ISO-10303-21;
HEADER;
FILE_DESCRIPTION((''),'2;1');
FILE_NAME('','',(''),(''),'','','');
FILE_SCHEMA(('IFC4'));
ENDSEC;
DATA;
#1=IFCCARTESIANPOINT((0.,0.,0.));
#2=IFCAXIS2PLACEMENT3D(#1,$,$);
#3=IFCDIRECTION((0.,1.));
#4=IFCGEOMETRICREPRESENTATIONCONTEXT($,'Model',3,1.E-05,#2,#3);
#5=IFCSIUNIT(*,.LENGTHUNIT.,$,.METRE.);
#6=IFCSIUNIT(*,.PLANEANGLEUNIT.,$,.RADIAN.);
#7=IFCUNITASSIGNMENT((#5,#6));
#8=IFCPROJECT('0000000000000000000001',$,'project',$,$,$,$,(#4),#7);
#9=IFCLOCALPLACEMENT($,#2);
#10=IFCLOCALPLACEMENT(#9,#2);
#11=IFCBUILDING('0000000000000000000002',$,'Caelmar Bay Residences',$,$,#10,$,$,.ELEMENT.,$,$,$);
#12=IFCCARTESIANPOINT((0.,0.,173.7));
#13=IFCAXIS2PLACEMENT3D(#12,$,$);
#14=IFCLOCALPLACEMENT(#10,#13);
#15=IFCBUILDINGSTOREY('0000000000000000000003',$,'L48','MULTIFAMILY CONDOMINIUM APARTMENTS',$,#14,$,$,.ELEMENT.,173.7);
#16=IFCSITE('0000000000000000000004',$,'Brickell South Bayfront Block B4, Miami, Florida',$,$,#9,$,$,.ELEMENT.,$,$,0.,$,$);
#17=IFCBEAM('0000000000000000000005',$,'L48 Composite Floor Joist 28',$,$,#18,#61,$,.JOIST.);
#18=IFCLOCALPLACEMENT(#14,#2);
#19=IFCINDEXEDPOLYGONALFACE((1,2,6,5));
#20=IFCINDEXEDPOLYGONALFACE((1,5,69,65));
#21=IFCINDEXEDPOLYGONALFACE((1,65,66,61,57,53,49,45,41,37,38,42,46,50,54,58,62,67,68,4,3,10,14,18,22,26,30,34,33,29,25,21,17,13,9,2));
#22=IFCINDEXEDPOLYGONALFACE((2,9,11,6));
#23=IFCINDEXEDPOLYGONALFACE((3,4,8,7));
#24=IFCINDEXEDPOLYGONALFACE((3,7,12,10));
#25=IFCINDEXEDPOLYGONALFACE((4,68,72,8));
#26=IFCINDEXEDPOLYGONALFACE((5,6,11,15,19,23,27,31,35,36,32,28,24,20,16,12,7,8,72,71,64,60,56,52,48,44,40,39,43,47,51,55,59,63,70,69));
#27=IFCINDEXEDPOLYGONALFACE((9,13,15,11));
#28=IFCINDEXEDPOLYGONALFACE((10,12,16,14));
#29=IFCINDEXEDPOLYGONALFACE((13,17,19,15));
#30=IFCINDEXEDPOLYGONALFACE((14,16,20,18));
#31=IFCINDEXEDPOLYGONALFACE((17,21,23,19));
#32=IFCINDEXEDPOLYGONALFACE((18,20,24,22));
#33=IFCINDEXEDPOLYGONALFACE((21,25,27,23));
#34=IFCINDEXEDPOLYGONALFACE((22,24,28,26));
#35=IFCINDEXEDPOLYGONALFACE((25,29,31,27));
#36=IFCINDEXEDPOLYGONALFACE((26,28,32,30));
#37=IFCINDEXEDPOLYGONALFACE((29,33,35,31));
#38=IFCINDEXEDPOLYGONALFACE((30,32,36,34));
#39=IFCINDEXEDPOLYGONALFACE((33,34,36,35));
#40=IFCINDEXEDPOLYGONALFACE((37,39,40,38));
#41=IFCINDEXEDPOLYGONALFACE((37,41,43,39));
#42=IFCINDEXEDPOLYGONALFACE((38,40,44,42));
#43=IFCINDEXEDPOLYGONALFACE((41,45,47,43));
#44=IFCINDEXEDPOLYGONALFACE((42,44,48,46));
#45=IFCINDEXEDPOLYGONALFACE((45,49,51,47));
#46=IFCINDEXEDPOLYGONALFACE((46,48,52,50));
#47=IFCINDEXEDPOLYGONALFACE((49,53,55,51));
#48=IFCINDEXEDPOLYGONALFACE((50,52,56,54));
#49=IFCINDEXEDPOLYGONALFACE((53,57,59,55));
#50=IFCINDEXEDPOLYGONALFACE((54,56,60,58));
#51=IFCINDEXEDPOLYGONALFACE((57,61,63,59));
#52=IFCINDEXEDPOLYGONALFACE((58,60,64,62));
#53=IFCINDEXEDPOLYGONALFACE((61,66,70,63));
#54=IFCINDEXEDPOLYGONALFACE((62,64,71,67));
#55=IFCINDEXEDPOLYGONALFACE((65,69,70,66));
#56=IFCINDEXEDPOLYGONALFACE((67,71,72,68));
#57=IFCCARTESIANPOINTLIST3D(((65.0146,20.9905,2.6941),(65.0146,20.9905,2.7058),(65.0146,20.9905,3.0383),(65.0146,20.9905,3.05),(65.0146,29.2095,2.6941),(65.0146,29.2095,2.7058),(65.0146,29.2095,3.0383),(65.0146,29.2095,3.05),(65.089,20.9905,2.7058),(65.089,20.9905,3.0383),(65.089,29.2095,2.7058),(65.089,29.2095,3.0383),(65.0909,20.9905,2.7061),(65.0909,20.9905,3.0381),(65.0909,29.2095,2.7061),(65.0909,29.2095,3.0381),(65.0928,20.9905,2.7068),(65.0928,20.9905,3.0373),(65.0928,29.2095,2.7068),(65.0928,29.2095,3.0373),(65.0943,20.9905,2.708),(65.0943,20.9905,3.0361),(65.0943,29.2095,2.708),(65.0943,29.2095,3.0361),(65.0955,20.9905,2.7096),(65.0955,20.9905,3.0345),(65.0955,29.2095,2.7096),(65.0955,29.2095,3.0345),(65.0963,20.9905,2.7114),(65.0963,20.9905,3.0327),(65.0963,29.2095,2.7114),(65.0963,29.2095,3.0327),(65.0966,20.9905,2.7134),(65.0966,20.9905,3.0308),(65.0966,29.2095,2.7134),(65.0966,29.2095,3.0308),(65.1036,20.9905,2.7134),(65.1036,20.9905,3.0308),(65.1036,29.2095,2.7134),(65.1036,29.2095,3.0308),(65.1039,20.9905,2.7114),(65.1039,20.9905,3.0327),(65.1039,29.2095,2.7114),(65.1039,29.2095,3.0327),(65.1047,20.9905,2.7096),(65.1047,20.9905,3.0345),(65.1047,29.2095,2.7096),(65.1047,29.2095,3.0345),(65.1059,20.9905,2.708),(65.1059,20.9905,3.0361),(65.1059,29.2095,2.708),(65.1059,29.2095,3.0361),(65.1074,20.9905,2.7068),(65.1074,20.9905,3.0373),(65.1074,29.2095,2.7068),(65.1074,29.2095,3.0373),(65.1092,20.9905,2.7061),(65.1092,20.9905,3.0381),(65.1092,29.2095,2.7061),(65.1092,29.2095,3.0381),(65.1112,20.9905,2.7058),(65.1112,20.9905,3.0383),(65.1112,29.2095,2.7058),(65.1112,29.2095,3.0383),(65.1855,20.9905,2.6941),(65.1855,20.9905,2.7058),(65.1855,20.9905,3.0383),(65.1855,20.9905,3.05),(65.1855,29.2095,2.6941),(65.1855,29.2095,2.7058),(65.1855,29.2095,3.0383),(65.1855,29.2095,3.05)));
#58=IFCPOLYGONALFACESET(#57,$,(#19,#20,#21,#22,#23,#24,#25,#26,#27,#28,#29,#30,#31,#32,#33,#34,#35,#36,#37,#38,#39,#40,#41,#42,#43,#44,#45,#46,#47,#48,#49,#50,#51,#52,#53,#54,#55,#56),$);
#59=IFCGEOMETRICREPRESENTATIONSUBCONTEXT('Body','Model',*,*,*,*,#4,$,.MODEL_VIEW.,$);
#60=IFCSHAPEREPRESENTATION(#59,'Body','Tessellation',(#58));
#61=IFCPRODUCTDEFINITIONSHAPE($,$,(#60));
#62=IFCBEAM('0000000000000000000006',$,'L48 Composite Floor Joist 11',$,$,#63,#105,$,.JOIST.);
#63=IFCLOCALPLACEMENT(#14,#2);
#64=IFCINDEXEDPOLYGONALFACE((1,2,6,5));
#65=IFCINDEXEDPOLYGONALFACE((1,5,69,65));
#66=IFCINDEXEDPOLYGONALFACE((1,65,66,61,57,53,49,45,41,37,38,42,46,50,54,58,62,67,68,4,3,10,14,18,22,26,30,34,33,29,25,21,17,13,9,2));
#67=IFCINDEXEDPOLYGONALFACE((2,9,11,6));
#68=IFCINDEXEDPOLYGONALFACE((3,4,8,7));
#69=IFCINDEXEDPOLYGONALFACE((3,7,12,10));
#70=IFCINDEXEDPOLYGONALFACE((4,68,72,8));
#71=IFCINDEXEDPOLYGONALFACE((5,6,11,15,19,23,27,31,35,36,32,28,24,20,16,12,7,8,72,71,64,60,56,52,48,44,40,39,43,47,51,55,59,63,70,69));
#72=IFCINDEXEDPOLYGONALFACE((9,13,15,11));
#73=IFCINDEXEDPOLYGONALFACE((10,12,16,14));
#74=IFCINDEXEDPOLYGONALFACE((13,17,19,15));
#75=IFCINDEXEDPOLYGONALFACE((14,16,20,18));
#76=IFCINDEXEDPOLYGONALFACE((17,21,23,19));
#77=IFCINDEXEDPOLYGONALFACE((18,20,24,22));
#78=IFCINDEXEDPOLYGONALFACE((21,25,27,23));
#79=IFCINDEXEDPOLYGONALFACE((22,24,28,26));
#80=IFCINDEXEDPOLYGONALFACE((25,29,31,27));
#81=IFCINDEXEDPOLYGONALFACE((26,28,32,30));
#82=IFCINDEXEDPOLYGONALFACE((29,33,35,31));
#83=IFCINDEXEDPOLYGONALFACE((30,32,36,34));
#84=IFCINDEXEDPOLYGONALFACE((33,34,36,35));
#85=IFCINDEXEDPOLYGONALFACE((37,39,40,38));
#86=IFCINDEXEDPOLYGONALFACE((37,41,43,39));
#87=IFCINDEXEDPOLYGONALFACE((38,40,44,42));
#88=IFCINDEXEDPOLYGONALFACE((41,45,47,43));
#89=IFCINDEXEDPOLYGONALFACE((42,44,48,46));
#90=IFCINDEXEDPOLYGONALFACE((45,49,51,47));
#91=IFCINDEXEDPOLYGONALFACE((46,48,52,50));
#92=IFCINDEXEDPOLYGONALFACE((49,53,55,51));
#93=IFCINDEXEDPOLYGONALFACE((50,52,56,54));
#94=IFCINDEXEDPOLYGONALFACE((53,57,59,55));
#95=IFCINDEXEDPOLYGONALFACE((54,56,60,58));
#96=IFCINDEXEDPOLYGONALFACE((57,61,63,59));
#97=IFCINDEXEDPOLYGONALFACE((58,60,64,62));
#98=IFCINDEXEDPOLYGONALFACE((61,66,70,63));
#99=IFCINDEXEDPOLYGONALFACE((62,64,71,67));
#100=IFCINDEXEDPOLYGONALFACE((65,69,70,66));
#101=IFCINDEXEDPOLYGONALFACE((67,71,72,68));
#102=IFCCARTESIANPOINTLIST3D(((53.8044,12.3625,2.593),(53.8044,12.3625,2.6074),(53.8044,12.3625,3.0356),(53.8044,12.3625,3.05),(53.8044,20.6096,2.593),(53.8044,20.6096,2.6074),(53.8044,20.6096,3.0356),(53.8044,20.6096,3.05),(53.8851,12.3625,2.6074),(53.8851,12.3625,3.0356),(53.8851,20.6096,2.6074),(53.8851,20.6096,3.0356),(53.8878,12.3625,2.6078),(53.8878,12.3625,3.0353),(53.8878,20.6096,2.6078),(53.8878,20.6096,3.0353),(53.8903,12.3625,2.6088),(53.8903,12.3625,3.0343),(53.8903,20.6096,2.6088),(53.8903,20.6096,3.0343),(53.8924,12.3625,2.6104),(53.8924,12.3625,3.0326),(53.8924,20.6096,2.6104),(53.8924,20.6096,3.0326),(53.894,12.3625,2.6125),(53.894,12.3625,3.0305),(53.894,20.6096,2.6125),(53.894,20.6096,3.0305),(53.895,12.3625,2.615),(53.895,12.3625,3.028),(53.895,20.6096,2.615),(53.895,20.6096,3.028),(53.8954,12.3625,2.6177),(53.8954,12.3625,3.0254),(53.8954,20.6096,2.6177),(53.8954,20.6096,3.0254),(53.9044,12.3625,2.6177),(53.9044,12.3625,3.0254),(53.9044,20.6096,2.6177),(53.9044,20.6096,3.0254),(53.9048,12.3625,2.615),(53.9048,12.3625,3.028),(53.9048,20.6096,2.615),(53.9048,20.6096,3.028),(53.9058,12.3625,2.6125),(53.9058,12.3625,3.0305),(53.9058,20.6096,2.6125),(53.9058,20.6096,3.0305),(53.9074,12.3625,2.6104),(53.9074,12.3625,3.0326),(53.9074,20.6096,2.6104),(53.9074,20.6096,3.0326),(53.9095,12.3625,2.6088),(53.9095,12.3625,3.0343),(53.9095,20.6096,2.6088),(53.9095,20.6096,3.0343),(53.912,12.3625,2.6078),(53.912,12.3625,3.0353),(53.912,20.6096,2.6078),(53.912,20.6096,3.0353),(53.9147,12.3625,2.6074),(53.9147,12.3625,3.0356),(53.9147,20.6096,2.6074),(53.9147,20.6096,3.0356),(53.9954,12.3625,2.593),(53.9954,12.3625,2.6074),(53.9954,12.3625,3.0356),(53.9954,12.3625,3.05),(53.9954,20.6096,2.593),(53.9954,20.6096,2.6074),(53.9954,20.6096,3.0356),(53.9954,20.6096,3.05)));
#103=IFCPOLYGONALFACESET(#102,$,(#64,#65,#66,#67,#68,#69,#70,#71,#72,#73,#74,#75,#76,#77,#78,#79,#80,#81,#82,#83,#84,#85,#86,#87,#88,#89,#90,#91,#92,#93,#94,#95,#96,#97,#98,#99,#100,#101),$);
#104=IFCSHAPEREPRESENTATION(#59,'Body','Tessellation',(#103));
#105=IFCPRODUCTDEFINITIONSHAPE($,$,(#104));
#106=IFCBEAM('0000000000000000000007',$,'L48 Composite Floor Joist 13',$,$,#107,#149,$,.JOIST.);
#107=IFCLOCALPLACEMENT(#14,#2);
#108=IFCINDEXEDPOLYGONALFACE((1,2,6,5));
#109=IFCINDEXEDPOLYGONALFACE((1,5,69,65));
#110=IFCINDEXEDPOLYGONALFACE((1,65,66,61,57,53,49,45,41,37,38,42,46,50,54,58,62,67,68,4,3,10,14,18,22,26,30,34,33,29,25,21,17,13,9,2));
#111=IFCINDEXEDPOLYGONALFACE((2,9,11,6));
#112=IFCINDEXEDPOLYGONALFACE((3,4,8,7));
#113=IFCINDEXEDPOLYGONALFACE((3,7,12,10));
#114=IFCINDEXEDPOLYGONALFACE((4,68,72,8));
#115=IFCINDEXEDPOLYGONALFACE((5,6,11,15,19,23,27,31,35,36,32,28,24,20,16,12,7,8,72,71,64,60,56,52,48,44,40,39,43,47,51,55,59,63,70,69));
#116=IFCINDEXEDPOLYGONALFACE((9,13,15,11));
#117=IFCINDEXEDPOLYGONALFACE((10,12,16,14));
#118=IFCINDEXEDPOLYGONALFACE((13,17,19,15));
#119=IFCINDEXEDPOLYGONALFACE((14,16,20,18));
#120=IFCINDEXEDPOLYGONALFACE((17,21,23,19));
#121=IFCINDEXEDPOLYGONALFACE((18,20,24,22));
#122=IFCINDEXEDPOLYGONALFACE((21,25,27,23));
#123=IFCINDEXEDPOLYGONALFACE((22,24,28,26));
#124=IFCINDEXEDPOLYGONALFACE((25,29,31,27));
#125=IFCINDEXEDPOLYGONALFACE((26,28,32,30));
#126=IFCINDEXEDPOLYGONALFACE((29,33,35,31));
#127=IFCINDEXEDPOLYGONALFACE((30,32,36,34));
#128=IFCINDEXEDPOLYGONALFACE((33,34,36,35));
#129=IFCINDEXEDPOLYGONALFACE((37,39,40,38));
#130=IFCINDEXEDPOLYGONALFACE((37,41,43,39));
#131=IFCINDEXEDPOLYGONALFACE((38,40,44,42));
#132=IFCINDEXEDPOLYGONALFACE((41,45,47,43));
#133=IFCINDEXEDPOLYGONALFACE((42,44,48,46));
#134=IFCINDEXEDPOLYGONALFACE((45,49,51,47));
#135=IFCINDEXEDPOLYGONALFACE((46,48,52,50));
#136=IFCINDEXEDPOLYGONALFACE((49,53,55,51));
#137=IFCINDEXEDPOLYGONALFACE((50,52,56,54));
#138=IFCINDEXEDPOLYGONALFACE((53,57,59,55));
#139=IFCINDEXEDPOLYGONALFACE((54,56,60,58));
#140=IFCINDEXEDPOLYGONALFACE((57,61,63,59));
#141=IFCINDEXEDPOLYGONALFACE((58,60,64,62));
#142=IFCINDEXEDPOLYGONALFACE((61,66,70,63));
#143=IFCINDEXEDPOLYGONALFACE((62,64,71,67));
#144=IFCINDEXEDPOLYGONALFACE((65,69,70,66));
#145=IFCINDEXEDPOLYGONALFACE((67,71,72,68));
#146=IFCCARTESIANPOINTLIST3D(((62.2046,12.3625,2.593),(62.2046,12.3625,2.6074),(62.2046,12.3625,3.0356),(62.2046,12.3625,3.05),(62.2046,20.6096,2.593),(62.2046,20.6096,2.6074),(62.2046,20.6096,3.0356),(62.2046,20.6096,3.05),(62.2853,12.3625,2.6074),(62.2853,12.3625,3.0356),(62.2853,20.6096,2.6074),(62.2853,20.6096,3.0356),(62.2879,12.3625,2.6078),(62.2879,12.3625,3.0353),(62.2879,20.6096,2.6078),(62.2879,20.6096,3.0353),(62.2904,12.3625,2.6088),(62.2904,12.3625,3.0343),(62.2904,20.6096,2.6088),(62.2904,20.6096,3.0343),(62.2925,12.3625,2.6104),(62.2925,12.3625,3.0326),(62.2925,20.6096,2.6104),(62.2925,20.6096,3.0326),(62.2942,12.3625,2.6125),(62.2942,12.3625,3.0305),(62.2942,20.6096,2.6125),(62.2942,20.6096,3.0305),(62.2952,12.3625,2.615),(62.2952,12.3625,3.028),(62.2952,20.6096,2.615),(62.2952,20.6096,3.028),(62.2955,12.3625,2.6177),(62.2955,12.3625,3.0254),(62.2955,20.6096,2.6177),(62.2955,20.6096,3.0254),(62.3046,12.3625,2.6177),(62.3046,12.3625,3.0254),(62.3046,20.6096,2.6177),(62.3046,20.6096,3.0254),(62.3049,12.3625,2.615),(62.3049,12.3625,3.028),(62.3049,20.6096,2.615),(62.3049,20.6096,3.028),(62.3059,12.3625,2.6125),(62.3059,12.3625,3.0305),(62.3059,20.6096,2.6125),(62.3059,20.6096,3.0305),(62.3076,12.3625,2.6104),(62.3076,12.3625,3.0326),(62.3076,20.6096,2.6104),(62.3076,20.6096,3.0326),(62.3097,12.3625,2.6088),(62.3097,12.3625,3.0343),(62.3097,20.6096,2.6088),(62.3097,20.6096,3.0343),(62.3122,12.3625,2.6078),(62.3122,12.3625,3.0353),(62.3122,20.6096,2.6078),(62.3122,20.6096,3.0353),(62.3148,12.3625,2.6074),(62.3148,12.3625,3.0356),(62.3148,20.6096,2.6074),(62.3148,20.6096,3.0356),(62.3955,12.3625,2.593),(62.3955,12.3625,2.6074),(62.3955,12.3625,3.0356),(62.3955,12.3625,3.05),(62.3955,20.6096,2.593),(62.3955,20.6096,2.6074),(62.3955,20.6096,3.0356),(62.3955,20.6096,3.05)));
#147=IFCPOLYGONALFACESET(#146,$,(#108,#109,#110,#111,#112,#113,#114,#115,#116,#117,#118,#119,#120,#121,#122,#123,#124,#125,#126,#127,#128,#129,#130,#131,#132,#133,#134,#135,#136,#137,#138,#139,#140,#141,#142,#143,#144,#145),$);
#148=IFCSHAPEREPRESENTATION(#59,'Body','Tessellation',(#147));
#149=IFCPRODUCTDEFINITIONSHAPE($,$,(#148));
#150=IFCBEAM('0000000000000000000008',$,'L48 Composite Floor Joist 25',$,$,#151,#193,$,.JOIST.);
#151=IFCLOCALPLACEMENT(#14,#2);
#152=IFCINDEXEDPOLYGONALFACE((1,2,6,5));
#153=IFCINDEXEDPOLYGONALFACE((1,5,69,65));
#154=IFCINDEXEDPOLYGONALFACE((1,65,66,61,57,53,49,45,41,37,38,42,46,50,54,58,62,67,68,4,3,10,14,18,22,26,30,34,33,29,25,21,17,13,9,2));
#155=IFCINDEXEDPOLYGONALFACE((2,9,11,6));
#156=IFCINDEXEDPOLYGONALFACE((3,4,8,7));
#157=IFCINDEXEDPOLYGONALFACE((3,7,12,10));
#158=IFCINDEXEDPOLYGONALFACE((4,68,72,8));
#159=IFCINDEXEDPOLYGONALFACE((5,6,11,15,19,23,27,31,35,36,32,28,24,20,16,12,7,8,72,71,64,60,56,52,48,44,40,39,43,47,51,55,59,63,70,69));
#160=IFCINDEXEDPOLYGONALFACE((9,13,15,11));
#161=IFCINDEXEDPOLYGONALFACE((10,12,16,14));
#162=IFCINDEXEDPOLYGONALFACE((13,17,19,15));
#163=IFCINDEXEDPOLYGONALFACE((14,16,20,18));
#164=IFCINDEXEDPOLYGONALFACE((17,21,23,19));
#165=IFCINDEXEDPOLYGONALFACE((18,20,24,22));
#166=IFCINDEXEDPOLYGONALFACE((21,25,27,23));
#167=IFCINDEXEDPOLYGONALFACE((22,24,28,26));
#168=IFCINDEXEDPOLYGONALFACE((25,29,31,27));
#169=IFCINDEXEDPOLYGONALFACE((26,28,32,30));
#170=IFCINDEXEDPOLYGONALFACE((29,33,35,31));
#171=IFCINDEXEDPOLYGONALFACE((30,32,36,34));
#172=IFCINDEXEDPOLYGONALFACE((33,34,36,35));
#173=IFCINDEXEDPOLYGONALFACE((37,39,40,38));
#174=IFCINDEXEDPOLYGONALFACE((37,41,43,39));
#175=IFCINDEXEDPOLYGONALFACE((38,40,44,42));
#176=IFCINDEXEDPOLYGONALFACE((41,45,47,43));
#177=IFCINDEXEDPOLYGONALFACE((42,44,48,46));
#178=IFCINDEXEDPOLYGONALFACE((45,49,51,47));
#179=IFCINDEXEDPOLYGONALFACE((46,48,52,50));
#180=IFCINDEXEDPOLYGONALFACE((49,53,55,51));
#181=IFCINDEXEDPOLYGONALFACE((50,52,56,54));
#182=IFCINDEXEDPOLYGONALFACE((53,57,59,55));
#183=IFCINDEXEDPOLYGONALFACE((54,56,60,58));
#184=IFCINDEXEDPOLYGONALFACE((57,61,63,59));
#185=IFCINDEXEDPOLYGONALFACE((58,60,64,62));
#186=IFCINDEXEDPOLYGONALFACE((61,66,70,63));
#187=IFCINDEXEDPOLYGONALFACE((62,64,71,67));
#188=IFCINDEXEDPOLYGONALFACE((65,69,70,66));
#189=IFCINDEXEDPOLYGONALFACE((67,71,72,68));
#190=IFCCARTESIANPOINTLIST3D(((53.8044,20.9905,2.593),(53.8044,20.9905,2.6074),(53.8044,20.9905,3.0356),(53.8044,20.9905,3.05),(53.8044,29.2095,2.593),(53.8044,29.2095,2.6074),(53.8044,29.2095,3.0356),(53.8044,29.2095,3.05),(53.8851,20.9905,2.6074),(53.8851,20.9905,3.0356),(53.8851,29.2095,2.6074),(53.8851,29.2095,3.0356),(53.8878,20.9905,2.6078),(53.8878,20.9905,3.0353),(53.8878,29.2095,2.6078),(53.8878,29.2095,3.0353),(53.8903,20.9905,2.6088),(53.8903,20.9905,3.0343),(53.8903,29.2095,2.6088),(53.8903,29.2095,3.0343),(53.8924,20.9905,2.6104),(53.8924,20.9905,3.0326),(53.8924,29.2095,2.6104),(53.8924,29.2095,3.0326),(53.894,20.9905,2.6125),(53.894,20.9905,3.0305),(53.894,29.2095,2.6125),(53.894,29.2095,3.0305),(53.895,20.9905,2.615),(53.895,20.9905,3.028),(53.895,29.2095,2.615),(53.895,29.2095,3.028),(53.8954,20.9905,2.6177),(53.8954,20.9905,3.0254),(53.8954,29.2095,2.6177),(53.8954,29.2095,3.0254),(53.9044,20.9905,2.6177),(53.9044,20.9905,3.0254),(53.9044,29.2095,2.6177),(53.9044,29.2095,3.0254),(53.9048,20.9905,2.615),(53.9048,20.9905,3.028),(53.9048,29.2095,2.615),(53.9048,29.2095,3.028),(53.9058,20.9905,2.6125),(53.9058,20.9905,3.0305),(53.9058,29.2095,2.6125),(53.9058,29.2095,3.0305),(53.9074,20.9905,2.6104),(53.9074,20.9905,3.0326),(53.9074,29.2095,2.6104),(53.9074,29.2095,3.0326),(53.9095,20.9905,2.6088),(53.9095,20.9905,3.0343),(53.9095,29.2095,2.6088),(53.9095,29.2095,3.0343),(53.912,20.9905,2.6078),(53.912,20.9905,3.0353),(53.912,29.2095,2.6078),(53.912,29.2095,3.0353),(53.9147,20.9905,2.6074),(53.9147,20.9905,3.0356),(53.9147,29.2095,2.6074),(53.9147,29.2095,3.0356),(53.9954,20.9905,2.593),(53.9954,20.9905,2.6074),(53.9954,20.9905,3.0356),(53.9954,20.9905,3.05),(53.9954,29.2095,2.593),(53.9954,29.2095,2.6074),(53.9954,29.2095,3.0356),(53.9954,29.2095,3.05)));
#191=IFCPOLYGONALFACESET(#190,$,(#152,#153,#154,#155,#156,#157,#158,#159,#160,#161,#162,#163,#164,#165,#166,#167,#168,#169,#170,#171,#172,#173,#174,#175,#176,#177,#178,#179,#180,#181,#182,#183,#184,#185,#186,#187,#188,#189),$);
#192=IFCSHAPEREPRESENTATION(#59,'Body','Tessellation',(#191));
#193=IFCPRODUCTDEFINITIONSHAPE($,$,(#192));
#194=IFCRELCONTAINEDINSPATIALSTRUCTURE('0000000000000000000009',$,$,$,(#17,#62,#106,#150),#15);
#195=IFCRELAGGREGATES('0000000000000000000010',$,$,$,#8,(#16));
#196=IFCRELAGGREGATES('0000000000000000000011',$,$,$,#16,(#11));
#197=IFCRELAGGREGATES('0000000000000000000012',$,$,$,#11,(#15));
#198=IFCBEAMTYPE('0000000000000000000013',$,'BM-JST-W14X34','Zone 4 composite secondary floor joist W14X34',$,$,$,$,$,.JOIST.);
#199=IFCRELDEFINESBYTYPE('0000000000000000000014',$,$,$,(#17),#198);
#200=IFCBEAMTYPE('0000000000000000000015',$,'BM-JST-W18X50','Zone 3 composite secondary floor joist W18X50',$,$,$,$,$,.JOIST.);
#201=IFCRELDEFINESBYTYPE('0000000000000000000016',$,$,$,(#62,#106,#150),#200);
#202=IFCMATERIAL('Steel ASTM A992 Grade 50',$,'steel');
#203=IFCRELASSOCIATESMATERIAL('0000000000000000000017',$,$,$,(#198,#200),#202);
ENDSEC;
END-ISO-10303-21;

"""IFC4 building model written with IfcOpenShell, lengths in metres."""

from ifc_helpers import new_model, si_unit, direction, frame, origin, origin_2d, place, context, subcontext, project, spatial, i_section, extrude, material, material_profile, profile_set, type_object, element, save


model = new_model("IFC4")

# Units and contexts
model_context = context("Model", 3, precision=1e-05, world=origin(), true_north=direction((0.0, 1.0)))
body_context = subcontext(model_context, "Body", "Model", "MODEL_VIEW")
ifc_project = project(units=[si_unit("LENGTHUNIT", "METRE"), si_unit("PLANEANGLEUNIT", "RADIAN")], contexts=[model_context])

# Site, building, storey
site_placement = place(None, origin())
site = spatial("IfcSite", under=ifc_project, at=site_placement, Name="Brickell South Bayfront Block B4, Miami, Florida", CompositionType="ELEMENT", RefElevation=0.0)
building_placement = place(site_placement, origin())
building = spatial("IfcBuilding", under=site, at=building_placement, Name="Caelmar Bay Residences", CompositionType="ELEMENT")
storey_placement = place(building_placement, frame((0.0, 0.0, 173.7)))
storey = spatial("IfcBuildingStorey", under=building, at=storey_placement, Name="L48", Description="MULTIFAMILY CONDOMINIUM APARTMENTS", CompositionType="ELEMENT", Elevation=173.7)

# Beams
ifc_material_1 = material(Name="Steel ASTM A992 Grade 50", Category="steel")
ifc_material_profile_1 = material_profile(ifc_material_1, i_section(OverallWidth=0.1709, OverallDepth=0.356, WebThickness=0.0071, FlangeThickness=0.0117, FilletRadius=0.0076, at=origin_2d()), Name="W14X34")
ifc_profile_set_1 = profile_set([ifc_material_profile_1], Name="Steel ASTM A992 Grade 50")
beam_type_1 = type_object("IfcBeamType", Name="BM-JST-W14X34", Description="Zone 4 composite secondary floor joist W14X34", PredefinedType="JOIST", material=ifc_profile_set_1)
for number, where, z_axis, x_axis, name in (
    (1, (65.1001, 20.9905, 2.8721), (0.0, 1.0, 0.0), (-1.0, 0.0, 0.0), "L48 Composite Floor Joist 28"),
):
    element("IfcBeam", number, at=place(storey_placement, frame(where, z_axis=z_axis, x_axis=x_axis)), inside=storey, type_object=beam_type_1, Name=name, PredefinedType="JOIST", context=body_context, shape_type="SweptSolid", body=[
        extrude(i_section(OverallWidth=0.1709, OverallDepth=0.356, WebThickness=0.0071, FlangeThickness=0.0117, FilletRadius=0.0076, at=origin_2d()), origin(), (0.0, 0.0, 1.0), 8.219),
    ])
ifc_material_profile_2 = material_profile(ifc_material_1, i_section(OverallWidth=0.1909, OverallDepth=0.457, WebThickness=0.009, FlangeThickness=0.0144, FilletRadius=0.0103, at=origin_2d()), Name="W18X50")
ifc_profile_set_2 = profile_set([ifc_material_profile_2], Name="Steel ASTM A992 Grade 50")
beam_type_2 = type_object("IfcBeamType", Name="BM-JST-W18X50", Description="Zone 3 composite secondary floor joist W18X50", PredefinedType="JOIST", material=ifc_profile_set_2)
for number, where, z_axis, x_axis, name in (
    (2, (53.8999, 12.3625, 2.8215), (0.0, 1.0, 0.0), (-1.0, 0.0, 0.0), "L48 Composite Floor Joist 11"),
    (3, (62.3, 12.3625, 2.8215), (0.0, 1.0, 0.0), (-1.0, 0.0, 0.0), "L48 Composite Floor Joist 13"),
):
    element("IfcBeam", number, at=place(storey_placement, frame(where, z_axis=z_axis, x_axis=x_axis)), inside=storey, type_object=beam_type_2, Name=name, PredefinedType="JOIST", context=body_context, shape_type="SweptSolid", body=[
        extrude(i_section(OverallWidth=0.1909, OverallDepth=0.457, WebThickness=0.009, FlangeThickness=0.0144, FilletRadius=0.0103, at=origin_2d()), origin(), (0.0, 0.0, 1.0), 8.2471),
    ])
for number, where, z_axis, x_axis, name in (
    (4, (53.8999, 20.9905, 2.8215), (0.0, 1.0, 0.0), (-1.0, 0.0, 0.0), "L48 Composite Floor Joist 25"),
):
    element("IfcBeam", number, at=place(storey_placement, frame(where, z_axis=z_axis, x_axis=x_axis)), inside=storey, type_object=beam_type_2, Name=name, PredefinedType="JOIST", context=body_context, shape_type="SweptSolid", body=[
        extrude(i_section(OverallWidth=0.1909, OverallDepth=0.457, WebThickness=0.009, FlangeThickness=0.0144, FilletRadius=0.0103, at=origin_2d()), origin(), (0.0, 0.0, 1.0), 8.219),
    ])

save(model, "model.ifc")
